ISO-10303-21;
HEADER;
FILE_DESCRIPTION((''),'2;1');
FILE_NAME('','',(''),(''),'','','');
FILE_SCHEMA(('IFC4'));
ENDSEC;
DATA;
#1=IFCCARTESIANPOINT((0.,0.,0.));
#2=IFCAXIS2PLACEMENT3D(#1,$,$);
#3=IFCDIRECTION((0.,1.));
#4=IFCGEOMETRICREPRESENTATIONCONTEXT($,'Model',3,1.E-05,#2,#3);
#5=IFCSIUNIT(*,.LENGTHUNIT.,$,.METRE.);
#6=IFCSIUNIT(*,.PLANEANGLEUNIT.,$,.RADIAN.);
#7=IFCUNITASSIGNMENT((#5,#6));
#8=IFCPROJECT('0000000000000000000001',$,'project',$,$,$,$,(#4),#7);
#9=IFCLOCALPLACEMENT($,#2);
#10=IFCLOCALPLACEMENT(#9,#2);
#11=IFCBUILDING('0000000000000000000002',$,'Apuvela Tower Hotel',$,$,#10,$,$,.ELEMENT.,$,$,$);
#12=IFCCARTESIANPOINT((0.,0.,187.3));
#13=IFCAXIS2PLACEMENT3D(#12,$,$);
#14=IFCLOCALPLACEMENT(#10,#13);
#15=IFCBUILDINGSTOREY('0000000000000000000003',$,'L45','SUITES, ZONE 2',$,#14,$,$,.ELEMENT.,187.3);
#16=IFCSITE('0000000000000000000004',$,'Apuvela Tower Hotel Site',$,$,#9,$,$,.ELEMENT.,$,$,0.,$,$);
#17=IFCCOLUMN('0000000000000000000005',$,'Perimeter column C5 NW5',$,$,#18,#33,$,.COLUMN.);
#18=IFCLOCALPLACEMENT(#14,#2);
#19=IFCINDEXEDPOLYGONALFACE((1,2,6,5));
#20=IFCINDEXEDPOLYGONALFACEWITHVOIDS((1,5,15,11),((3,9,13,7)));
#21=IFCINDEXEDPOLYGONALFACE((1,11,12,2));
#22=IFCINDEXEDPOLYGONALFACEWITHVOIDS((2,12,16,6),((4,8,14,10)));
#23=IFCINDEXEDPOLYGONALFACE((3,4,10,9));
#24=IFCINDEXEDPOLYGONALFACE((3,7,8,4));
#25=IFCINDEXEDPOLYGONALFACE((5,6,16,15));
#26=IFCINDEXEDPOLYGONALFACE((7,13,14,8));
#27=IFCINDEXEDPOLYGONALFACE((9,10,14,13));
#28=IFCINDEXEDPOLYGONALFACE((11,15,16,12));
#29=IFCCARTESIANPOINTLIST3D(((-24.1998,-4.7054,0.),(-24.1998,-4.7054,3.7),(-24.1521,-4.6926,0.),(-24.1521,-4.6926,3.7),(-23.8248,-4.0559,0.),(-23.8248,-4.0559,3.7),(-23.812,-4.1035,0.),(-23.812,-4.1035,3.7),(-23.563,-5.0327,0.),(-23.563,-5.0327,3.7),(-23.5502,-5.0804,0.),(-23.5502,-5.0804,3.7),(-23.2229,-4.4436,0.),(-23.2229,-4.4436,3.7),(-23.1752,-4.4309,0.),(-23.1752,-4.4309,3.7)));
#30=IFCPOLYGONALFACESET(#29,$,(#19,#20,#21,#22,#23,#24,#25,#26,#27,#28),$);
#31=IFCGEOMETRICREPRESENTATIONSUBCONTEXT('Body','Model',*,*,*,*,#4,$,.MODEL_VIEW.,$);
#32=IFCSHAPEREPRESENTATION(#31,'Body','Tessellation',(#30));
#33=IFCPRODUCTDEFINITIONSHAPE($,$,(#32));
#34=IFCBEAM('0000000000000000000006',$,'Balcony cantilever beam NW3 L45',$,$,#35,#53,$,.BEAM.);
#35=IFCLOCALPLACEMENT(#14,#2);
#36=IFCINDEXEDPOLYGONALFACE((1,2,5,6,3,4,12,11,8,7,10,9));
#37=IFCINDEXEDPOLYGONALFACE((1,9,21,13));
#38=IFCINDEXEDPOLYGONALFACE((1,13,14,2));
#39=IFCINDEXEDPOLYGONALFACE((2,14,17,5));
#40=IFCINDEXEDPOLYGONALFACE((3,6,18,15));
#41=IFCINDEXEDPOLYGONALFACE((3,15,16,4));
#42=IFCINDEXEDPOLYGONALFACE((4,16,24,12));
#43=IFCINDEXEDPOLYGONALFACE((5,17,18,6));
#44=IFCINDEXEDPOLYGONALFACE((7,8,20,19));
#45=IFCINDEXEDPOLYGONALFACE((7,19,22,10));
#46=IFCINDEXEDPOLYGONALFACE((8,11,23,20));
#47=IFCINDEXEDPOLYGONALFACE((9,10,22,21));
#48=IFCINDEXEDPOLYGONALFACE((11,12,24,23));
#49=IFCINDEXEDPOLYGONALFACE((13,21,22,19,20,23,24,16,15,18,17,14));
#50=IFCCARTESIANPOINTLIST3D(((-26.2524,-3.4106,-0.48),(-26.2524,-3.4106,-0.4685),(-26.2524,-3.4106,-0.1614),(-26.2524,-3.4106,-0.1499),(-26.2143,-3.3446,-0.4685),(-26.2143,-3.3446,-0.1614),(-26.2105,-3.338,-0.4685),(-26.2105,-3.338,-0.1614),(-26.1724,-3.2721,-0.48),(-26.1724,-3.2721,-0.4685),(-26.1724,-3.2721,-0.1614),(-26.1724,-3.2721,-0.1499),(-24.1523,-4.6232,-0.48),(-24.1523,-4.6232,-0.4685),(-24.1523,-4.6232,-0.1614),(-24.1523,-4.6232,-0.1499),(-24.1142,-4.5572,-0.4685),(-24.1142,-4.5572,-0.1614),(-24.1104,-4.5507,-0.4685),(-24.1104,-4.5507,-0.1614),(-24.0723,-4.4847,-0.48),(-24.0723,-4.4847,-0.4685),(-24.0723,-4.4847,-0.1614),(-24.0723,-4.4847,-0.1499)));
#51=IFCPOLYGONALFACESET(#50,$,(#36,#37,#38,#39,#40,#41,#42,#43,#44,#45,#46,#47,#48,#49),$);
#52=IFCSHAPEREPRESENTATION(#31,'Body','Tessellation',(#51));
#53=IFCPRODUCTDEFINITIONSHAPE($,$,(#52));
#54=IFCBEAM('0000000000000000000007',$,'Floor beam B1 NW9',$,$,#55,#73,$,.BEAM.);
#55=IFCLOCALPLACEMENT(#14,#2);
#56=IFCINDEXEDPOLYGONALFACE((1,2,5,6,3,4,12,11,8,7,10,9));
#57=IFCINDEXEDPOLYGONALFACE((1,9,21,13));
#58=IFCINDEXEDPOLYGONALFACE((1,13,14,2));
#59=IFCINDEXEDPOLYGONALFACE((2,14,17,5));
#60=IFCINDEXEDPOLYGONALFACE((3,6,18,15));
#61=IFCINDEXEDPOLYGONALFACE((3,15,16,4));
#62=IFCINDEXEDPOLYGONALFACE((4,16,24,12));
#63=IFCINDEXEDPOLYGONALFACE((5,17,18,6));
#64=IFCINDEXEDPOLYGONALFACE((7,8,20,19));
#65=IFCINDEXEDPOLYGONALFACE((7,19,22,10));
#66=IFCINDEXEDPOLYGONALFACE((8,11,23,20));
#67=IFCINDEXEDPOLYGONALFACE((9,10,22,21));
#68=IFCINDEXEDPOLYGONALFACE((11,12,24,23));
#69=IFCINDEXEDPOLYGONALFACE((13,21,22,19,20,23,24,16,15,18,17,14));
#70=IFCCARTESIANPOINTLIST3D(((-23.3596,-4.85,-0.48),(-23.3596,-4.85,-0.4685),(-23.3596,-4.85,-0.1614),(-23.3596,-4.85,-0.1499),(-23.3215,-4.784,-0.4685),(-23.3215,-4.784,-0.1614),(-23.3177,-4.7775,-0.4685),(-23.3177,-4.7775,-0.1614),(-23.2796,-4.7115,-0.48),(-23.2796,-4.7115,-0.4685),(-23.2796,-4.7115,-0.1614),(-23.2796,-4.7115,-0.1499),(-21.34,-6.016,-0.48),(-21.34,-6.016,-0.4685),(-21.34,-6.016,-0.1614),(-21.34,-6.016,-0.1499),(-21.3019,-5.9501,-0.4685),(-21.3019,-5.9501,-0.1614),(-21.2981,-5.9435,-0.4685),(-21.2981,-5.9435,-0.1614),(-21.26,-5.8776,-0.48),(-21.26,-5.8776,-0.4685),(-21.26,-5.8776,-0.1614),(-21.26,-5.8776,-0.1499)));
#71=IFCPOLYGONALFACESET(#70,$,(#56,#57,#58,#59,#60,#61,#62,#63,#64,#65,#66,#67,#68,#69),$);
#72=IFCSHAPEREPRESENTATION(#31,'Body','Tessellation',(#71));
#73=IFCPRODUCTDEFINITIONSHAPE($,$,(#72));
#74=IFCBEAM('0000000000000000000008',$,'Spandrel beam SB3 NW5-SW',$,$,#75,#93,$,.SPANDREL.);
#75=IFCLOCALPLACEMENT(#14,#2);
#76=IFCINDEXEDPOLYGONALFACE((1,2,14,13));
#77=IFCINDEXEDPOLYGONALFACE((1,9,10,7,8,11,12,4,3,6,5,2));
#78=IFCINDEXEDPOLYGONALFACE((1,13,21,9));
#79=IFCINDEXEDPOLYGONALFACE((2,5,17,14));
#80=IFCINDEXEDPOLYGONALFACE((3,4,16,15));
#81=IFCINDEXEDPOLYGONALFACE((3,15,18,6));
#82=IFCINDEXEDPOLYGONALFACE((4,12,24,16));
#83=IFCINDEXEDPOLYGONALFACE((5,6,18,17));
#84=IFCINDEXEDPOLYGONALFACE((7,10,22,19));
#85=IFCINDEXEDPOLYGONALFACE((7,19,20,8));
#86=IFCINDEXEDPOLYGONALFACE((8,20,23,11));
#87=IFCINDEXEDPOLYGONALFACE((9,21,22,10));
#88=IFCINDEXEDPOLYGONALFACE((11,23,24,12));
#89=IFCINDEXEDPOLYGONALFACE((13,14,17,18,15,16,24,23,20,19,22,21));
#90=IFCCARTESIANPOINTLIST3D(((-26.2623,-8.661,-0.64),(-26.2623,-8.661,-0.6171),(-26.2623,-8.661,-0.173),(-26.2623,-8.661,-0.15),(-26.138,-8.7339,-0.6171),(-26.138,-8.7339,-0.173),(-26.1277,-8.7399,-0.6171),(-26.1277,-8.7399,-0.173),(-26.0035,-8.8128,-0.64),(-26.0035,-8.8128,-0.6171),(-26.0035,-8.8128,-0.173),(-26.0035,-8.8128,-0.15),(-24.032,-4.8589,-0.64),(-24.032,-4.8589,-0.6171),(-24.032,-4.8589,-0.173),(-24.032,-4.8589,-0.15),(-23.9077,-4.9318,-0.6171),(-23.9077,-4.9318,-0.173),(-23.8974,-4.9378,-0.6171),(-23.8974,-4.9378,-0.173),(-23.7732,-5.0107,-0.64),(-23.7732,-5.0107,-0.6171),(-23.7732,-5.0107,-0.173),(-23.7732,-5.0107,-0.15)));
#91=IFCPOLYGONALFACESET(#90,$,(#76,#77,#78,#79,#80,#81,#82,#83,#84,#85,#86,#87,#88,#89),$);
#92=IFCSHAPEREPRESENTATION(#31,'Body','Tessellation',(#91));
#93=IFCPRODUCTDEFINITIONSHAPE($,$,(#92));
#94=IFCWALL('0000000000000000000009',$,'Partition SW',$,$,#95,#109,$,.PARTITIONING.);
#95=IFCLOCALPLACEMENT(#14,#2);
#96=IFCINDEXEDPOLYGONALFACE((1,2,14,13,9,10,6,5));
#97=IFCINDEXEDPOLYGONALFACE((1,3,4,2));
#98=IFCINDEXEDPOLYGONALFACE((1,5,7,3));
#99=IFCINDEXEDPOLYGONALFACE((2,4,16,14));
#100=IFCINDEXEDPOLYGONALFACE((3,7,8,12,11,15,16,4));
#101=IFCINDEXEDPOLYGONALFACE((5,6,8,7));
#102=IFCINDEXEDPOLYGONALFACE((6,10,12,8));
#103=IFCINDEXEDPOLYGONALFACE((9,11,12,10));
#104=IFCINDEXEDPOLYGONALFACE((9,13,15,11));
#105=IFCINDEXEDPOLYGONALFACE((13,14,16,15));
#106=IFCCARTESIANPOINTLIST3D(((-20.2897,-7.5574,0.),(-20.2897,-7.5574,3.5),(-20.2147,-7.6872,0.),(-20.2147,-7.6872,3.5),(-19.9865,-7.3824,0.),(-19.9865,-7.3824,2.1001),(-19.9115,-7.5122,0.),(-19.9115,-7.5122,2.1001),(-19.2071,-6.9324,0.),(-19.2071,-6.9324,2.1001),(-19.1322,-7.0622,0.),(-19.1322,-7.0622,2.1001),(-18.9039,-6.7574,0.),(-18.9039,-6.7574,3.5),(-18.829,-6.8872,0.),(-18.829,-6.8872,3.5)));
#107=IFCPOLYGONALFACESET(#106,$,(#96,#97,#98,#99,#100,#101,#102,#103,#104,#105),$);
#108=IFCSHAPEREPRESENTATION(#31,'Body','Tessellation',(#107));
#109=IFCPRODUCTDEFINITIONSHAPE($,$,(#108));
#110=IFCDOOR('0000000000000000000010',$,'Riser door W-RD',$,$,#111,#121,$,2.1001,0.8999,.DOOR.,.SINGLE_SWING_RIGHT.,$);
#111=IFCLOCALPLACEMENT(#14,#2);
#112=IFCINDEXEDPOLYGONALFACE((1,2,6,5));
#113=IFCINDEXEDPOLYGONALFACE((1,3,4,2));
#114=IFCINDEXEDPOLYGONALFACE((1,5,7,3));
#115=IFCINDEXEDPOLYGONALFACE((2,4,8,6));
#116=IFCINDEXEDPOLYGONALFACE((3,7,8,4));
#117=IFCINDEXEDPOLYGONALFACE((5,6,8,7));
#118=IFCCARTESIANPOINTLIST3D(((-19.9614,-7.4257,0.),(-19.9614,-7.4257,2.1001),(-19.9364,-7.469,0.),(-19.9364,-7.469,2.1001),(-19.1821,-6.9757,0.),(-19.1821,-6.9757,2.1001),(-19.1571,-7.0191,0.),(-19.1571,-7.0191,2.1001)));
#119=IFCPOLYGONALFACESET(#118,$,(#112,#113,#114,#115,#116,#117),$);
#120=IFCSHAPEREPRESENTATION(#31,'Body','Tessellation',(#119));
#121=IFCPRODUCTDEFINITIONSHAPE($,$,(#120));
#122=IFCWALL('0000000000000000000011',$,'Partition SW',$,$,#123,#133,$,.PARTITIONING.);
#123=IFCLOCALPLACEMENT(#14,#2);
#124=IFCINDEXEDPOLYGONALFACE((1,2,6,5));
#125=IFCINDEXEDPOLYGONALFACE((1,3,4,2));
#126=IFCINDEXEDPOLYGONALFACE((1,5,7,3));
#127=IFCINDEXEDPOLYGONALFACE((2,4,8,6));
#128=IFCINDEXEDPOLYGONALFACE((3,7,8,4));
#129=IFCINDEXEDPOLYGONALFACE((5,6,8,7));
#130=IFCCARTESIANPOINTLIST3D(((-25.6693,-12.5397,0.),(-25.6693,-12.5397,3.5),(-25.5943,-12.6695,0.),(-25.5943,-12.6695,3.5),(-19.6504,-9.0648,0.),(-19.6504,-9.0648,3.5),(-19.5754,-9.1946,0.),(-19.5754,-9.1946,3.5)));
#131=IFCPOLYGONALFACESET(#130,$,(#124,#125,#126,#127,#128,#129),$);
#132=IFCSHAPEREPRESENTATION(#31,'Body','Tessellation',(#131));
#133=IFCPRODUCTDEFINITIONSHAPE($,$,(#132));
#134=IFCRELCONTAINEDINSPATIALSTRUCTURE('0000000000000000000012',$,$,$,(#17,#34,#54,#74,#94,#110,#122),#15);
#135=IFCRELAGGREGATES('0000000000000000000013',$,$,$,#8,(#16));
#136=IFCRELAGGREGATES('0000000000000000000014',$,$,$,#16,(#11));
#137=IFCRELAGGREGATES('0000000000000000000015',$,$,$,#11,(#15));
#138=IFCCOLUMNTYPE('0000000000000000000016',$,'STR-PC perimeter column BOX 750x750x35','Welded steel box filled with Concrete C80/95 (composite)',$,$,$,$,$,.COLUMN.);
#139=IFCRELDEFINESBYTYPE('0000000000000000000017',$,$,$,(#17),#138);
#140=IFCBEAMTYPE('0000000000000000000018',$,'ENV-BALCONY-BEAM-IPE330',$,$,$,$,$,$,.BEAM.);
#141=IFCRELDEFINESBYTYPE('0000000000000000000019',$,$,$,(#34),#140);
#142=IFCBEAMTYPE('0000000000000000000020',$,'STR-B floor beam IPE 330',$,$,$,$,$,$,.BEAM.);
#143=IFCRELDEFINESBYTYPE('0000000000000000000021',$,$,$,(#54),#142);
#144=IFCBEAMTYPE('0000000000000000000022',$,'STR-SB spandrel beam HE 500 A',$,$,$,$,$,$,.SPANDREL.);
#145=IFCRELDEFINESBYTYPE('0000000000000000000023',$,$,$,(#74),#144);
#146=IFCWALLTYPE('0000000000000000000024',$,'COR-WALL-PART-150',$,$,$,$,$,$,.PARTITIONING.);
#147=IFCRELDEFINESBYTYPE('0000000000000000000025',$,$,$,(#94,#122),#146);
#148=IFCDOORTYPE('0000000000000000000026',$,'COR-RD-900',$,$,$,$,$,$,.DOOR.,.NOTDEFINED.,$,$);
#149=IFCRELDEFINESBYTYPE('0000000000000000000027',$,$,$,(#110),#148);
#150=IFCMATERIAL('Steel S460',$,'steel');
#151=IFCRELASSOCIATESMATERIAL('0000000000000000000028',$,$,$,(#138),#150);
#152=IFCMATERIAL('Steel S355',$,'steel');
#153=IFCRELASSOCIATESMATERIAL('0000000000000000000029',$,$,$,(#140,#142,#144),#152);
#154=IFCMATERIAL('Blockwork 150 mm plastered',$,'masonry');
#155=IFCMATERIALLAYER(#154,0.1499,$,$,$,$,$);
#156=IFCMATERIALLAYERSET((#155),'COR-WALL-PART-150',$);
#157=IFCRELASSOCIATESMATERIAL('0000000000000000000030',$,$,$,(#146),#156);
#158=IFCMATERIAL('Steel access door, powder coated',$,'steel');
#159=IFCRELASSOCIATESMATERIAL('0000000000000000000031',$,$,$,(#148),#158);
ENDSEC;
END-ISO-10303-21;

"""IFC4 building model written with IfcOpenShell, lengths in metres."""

from ifc_helpers import new_model, si_unit, direction, frame, frame_2d, origin, origin_2d, place, context, subcontext, project, spatial, rectangle, hollow_rectangle, i_section, extrude, material, layer, layer_set, material_profile, profile_set, type_object, element, fill, save


model = new_model("IFC4")

# Units and contexts
model_context = context("Model", 3, precision=1e-05, world=origin(), true_north=direction((0.0, 1.0)))
body_context = subcontext(model_context, "Body", "Model", "MODEL_VIEW")
ifc_project = project(units=[si_unit("LENGTHUNIT", "METRE"), si_unit("PLANEANGLEUNIT", "RADIAN")], contexts=[model_context])

# Site, building, storey
site_placement = place(None, origin())
site = spatial("IfcSite", under=ifc_project, at=site_placement, Name="Apuvela Tower Hotel Site", CompositionType="ELEMENT", RefElevation=0.0)
building_placement = place(site_placement, origin())
building = spatial("IfcBuilding", under=site, at=building_placement, Name="Apuvela Tower Hotel", CompositionType="ELEMENT")
storey_placement = place(building_placement, frame((0.0, 0.0, 187.3)))
storey = spatial("IfcBuildingStorey", under=building, at=storey_placement, Name="L45", Description="SUITES, ZONE 2", CompositionType="ELEMENT", Elevation=187.3)

# Column
ifc_material_1 = material(Name="Steel S460", Category="steel")
ifc_material_profile_1 = material_profile(ifc_material_1, hollow_rectangle(XDim=0.75, YDim=0.75, WallThickness=0.0349, at=origin_2d()), Name="BOX 750x750x35")
ifc_material_2 = material(Name="Concrete C80/95", Category="concrete")
ifc_material_profile_2 = material_profile(ifc_material_2, rectangle(XDim=0.6799, YDim=0.6799, at=origin_2d()), Name="Concrete C80/95 infill")
ifc_profile_set_1 = profile_set([ifc_material_profile_1, ifc_material_profile_2], Name="Steel S460")
column_type = type_object("IfcColumnType", Name="STR-PC perimeter column BOX 750x750x35", Description="Welded steel box filled with Concrete C80/95 (composite)", PredefinedType="COLUMN", material=ifc_profile_set_1)
column_placement = place(storey_placement, frame((-23.6875, -4.5681, 0.0), z_axis=(0.0, 0.0, 1.0), x_axis=(0.5, 0.866025, 0.0)))
element("IfcColumn", 1, at=column_placement, inside=storey, type_object=column_type, Name="Perimeter column C5 NW5", PredefinedType="COLUMN", context=body_context, shape_type="SweptSolid", body=[
    extrude(hollow_rectangle(XDim=0.75, YDim=0.75, WallThickness=0.0349, at=origin_2d()), origin(), (0.0, 0.0, 1.0), 3.7),
])

# Beams
ifc_material_3 = material(Name="Steel S355", Category="steel")
ifc_material_profile_3 = material_profile(ifc_material_3, i_section(OverallWidth=0.1599, OverallDepth=0.3301, WebThickness=0.0076, FlangeThickness=0.0115, at=origin_2d()), Name="IPE 330")
ifc_profile_set_2 = profile_set([ifc_material_profile_3], Name="Steel S355")
beam_type_1 = type_object("IfcBeamType", Name="ENV-BALCONY-BEAM-IPE330", PredefinedType="BEAM", material=ifc_profile_set_2)
beam_1_placement = place(storey_placement, frame((-24.1123, -4.554, -0.3149), z_axis=(-0.865998, 0.500048, 0.0), x_axis=(-0.500048, -0.865998, 0.0)))
element("IfcBeam", 2, at=beam_1_placement, inside=storey, type_object=beam_type_1, Name="Balcony cantilever beam NW3 L45", PredefinedType="BEAM", context=body_context, shape_type="SweptSolid", body=[
    extrude(i_section(OverallWidth=0.1599, OverallDepth=0.3301, WebThickness=0.0076, FlangeThickness=0.0115, at=origin_2d()), origin(), (0.0, 0.0, 1.0), 2.425),
])
ifc_material_profile_4 = material_profile(ifc_material_3, i_section(OverallWidth=0.1599, OverallDepth=0.3301, WebThickness=0.0076, FlangeThickness=0.0115, at=origin_2d()), Name="IPE 330")
ifc_profile_set_3 = profile_set([ifc_material_profile_4], Name="Steel S355")
beam_type_2 = type_object("IfcBeamType", Name="STR-B floor beam IPE 330", PredefinedType="BEAM", material=ifc_profile_set_3)
beam_2_placement = place(storey_placement, frame((-23.3196, -4.7808, -0.3149), z_axis=(0.866018, -0.500012, 0.0), x_axis=(0.500012, 0.866018, 0.0)))
element("IfcBeam", 3, at=beam_2_placement, inside=storey, type_object=beam_type_2, Name="Floor beam B1 NW9", PredefinedType="BEAM", context=body_context, shape_type="SweptSolid", body=[
    extrude(i_section(OverallWidth=0.1599, OverallDepth=0.3301, WebThickness=0.0076, FlangeThickness=0.0115, at=origin_2d()), origin(), (0.0, 0.0, 1.0), 2.332),
])
ifc_material_profile_5 = material_profile(ifc_material_3, i_section(OverallWidth=0.3, OverallDepth=0.49, WebThickness=0.012, FlangeThickness=0.0229, at=origin_2d()), Name="HE 500 A")
ifc_profile_set_4 = profile_set([ifc_material_profile_5], Name="Steel S355")
beam_type_3 = type_object("IfcBeamType", Name="STR-SB spandrel beam HE 500 A", PredefinedType="SPANDREL", material=ifc_profile_set_4)
beam_3_placement = place(storey_placement, frame((-23.9026, -4.9348, -0.395), z_axis=(-0.505967, -0.862553, 0.0), x_axis=(0.862553, -0.505967, 0.0)))
element("IfcBeam", 4, at=beam_3_placement, inside=storey, type_object=beam_type_3, Name="Spandrel beam SB3 NW5-SW", PredefinedType="SPANDREL", context=body_context, shape_type="SweptSolid", body=[
    extrude(i_section(OverallWidth=0.3, OverallDepth=0.49, WebThickness=0.012, FlangeThickness=0.0229, at=origin_2d()), origin(), (0.0, 0.0, 1.0), 4.408),
])

# Wall, opening, door
ifc_material_4 = material(Name="Blockwork 150 mm plastered", Category="masonry")
ifc_layer_1 = layer(ifc_material_4, 0.1499)
ifc_layer_set_1 = layer_set([ifc_layer_1], Name="COR-WALL-PART-150")
wall_type_1 = type_object("IfcWallType", Name="COR-WALL-PART-150", PredefinedType="PARTITIONING", material=ifc_layer_set_1)
wall_1_placement = place(storey_placement, frame((-18.8665, -6.8223, 0.0), z_axis=(0.0, 0.0, 1.0), x_axis=(-0.866028, -0.499995, 0.0)))
wall_1 = element("IfcWall", 5, at=wall_1_placement, inside=storey, type_object=wall_type_1, Name="Partition SW", PredefinedType="PARTITIONING", context=body_context, shape_type="SweptSolid", body=[
    extrude(rectangle(XDim=1.6001, YDim=0.1499, at=frame_2d((0.8, 0.0))), origin(), (0.0, 0.0, 1.0), 3.5),
])
opening_1_placement = place(wall_1_placement, frame((0.3501, 0.0, 0.0)))
opening_1 = element("IfcOpeningElement", 6, at=opening_1_placement, cuts=wall_1, PredefinedType="OPENING", context=body_context, shape_type="SweptSolid", body=[
    extrude(rectangle(XDim=0.8999, YDim=2.1001, at=frame_2d((0.45, 1.05))), frame((0.0, 0.085, 0.0), z_axis=(0.0, -1.0, 0.0), x_axis=(1.0, 0.0, 0.0)), (0.0, 0.0, 1.0), 0.1699),
])
ifc_material_5 = material(Name="Steel access door, powder coated", Category="steel")
door_type_1 = type_object("IfcDoorType", Name="COR-RD-900", OperationType="NOTDEFINED", PredefinedType="DOOR", material=ifc_material_5)
door_1_placement = place(opening_1_placement, frame((0.8999, 0.0, 0.0), z_axis=(0.0, 0.0, 1.0), x_axis=(-1.0, 0.0, 0.0)))
door_1 = element("IfcDoor", 7, at=door_1_placement, inside=storey, type_object=door_type_1, Name="Riser door W-RD", OperationType="SINGLE_SWING_RIGHT", OverallHeight=2.1001, OverallWidth=0.8999, PredefinedType="DOOR", context=body_context, shape_type="SweptSolid", body=[
    extrude(rectangle(XDim=0.8999, YDim=2.1001, at=frame_2d((0.45, 1.05))), frame((0.0, 0.0249, 0.0), z_axis=(0.0, -1.0, 0.0), x_axis=(1.0, 0.0, 0.0)), (0.0, 0.0, 1.0), 0.05),
])
fill(opening_1, door_1)

# Wall
wall_2_placement = place(storey_placement, frame((-19.6128, -9.1296, 0.0), z_axis=(0.0, 0.0, 1.0), x_axis=(-0.866032, -0.499989, 0.0)))
element("IfcWall", 8, at=wall_2_placement, inside=storey, type_object=wall_type_1, Name="Partition SW", PredefinedType="PARTITIONING", context=body_context, shape_type="SweptSolid", body=[
    extrude(rectangle(XDim=6.95, YDim=0.1499, at=frame_2d((3.4751, 0.0))), origin(), (0.0, 0.0, 1.0), 3.5),
])

save(model, "model.ifc")
